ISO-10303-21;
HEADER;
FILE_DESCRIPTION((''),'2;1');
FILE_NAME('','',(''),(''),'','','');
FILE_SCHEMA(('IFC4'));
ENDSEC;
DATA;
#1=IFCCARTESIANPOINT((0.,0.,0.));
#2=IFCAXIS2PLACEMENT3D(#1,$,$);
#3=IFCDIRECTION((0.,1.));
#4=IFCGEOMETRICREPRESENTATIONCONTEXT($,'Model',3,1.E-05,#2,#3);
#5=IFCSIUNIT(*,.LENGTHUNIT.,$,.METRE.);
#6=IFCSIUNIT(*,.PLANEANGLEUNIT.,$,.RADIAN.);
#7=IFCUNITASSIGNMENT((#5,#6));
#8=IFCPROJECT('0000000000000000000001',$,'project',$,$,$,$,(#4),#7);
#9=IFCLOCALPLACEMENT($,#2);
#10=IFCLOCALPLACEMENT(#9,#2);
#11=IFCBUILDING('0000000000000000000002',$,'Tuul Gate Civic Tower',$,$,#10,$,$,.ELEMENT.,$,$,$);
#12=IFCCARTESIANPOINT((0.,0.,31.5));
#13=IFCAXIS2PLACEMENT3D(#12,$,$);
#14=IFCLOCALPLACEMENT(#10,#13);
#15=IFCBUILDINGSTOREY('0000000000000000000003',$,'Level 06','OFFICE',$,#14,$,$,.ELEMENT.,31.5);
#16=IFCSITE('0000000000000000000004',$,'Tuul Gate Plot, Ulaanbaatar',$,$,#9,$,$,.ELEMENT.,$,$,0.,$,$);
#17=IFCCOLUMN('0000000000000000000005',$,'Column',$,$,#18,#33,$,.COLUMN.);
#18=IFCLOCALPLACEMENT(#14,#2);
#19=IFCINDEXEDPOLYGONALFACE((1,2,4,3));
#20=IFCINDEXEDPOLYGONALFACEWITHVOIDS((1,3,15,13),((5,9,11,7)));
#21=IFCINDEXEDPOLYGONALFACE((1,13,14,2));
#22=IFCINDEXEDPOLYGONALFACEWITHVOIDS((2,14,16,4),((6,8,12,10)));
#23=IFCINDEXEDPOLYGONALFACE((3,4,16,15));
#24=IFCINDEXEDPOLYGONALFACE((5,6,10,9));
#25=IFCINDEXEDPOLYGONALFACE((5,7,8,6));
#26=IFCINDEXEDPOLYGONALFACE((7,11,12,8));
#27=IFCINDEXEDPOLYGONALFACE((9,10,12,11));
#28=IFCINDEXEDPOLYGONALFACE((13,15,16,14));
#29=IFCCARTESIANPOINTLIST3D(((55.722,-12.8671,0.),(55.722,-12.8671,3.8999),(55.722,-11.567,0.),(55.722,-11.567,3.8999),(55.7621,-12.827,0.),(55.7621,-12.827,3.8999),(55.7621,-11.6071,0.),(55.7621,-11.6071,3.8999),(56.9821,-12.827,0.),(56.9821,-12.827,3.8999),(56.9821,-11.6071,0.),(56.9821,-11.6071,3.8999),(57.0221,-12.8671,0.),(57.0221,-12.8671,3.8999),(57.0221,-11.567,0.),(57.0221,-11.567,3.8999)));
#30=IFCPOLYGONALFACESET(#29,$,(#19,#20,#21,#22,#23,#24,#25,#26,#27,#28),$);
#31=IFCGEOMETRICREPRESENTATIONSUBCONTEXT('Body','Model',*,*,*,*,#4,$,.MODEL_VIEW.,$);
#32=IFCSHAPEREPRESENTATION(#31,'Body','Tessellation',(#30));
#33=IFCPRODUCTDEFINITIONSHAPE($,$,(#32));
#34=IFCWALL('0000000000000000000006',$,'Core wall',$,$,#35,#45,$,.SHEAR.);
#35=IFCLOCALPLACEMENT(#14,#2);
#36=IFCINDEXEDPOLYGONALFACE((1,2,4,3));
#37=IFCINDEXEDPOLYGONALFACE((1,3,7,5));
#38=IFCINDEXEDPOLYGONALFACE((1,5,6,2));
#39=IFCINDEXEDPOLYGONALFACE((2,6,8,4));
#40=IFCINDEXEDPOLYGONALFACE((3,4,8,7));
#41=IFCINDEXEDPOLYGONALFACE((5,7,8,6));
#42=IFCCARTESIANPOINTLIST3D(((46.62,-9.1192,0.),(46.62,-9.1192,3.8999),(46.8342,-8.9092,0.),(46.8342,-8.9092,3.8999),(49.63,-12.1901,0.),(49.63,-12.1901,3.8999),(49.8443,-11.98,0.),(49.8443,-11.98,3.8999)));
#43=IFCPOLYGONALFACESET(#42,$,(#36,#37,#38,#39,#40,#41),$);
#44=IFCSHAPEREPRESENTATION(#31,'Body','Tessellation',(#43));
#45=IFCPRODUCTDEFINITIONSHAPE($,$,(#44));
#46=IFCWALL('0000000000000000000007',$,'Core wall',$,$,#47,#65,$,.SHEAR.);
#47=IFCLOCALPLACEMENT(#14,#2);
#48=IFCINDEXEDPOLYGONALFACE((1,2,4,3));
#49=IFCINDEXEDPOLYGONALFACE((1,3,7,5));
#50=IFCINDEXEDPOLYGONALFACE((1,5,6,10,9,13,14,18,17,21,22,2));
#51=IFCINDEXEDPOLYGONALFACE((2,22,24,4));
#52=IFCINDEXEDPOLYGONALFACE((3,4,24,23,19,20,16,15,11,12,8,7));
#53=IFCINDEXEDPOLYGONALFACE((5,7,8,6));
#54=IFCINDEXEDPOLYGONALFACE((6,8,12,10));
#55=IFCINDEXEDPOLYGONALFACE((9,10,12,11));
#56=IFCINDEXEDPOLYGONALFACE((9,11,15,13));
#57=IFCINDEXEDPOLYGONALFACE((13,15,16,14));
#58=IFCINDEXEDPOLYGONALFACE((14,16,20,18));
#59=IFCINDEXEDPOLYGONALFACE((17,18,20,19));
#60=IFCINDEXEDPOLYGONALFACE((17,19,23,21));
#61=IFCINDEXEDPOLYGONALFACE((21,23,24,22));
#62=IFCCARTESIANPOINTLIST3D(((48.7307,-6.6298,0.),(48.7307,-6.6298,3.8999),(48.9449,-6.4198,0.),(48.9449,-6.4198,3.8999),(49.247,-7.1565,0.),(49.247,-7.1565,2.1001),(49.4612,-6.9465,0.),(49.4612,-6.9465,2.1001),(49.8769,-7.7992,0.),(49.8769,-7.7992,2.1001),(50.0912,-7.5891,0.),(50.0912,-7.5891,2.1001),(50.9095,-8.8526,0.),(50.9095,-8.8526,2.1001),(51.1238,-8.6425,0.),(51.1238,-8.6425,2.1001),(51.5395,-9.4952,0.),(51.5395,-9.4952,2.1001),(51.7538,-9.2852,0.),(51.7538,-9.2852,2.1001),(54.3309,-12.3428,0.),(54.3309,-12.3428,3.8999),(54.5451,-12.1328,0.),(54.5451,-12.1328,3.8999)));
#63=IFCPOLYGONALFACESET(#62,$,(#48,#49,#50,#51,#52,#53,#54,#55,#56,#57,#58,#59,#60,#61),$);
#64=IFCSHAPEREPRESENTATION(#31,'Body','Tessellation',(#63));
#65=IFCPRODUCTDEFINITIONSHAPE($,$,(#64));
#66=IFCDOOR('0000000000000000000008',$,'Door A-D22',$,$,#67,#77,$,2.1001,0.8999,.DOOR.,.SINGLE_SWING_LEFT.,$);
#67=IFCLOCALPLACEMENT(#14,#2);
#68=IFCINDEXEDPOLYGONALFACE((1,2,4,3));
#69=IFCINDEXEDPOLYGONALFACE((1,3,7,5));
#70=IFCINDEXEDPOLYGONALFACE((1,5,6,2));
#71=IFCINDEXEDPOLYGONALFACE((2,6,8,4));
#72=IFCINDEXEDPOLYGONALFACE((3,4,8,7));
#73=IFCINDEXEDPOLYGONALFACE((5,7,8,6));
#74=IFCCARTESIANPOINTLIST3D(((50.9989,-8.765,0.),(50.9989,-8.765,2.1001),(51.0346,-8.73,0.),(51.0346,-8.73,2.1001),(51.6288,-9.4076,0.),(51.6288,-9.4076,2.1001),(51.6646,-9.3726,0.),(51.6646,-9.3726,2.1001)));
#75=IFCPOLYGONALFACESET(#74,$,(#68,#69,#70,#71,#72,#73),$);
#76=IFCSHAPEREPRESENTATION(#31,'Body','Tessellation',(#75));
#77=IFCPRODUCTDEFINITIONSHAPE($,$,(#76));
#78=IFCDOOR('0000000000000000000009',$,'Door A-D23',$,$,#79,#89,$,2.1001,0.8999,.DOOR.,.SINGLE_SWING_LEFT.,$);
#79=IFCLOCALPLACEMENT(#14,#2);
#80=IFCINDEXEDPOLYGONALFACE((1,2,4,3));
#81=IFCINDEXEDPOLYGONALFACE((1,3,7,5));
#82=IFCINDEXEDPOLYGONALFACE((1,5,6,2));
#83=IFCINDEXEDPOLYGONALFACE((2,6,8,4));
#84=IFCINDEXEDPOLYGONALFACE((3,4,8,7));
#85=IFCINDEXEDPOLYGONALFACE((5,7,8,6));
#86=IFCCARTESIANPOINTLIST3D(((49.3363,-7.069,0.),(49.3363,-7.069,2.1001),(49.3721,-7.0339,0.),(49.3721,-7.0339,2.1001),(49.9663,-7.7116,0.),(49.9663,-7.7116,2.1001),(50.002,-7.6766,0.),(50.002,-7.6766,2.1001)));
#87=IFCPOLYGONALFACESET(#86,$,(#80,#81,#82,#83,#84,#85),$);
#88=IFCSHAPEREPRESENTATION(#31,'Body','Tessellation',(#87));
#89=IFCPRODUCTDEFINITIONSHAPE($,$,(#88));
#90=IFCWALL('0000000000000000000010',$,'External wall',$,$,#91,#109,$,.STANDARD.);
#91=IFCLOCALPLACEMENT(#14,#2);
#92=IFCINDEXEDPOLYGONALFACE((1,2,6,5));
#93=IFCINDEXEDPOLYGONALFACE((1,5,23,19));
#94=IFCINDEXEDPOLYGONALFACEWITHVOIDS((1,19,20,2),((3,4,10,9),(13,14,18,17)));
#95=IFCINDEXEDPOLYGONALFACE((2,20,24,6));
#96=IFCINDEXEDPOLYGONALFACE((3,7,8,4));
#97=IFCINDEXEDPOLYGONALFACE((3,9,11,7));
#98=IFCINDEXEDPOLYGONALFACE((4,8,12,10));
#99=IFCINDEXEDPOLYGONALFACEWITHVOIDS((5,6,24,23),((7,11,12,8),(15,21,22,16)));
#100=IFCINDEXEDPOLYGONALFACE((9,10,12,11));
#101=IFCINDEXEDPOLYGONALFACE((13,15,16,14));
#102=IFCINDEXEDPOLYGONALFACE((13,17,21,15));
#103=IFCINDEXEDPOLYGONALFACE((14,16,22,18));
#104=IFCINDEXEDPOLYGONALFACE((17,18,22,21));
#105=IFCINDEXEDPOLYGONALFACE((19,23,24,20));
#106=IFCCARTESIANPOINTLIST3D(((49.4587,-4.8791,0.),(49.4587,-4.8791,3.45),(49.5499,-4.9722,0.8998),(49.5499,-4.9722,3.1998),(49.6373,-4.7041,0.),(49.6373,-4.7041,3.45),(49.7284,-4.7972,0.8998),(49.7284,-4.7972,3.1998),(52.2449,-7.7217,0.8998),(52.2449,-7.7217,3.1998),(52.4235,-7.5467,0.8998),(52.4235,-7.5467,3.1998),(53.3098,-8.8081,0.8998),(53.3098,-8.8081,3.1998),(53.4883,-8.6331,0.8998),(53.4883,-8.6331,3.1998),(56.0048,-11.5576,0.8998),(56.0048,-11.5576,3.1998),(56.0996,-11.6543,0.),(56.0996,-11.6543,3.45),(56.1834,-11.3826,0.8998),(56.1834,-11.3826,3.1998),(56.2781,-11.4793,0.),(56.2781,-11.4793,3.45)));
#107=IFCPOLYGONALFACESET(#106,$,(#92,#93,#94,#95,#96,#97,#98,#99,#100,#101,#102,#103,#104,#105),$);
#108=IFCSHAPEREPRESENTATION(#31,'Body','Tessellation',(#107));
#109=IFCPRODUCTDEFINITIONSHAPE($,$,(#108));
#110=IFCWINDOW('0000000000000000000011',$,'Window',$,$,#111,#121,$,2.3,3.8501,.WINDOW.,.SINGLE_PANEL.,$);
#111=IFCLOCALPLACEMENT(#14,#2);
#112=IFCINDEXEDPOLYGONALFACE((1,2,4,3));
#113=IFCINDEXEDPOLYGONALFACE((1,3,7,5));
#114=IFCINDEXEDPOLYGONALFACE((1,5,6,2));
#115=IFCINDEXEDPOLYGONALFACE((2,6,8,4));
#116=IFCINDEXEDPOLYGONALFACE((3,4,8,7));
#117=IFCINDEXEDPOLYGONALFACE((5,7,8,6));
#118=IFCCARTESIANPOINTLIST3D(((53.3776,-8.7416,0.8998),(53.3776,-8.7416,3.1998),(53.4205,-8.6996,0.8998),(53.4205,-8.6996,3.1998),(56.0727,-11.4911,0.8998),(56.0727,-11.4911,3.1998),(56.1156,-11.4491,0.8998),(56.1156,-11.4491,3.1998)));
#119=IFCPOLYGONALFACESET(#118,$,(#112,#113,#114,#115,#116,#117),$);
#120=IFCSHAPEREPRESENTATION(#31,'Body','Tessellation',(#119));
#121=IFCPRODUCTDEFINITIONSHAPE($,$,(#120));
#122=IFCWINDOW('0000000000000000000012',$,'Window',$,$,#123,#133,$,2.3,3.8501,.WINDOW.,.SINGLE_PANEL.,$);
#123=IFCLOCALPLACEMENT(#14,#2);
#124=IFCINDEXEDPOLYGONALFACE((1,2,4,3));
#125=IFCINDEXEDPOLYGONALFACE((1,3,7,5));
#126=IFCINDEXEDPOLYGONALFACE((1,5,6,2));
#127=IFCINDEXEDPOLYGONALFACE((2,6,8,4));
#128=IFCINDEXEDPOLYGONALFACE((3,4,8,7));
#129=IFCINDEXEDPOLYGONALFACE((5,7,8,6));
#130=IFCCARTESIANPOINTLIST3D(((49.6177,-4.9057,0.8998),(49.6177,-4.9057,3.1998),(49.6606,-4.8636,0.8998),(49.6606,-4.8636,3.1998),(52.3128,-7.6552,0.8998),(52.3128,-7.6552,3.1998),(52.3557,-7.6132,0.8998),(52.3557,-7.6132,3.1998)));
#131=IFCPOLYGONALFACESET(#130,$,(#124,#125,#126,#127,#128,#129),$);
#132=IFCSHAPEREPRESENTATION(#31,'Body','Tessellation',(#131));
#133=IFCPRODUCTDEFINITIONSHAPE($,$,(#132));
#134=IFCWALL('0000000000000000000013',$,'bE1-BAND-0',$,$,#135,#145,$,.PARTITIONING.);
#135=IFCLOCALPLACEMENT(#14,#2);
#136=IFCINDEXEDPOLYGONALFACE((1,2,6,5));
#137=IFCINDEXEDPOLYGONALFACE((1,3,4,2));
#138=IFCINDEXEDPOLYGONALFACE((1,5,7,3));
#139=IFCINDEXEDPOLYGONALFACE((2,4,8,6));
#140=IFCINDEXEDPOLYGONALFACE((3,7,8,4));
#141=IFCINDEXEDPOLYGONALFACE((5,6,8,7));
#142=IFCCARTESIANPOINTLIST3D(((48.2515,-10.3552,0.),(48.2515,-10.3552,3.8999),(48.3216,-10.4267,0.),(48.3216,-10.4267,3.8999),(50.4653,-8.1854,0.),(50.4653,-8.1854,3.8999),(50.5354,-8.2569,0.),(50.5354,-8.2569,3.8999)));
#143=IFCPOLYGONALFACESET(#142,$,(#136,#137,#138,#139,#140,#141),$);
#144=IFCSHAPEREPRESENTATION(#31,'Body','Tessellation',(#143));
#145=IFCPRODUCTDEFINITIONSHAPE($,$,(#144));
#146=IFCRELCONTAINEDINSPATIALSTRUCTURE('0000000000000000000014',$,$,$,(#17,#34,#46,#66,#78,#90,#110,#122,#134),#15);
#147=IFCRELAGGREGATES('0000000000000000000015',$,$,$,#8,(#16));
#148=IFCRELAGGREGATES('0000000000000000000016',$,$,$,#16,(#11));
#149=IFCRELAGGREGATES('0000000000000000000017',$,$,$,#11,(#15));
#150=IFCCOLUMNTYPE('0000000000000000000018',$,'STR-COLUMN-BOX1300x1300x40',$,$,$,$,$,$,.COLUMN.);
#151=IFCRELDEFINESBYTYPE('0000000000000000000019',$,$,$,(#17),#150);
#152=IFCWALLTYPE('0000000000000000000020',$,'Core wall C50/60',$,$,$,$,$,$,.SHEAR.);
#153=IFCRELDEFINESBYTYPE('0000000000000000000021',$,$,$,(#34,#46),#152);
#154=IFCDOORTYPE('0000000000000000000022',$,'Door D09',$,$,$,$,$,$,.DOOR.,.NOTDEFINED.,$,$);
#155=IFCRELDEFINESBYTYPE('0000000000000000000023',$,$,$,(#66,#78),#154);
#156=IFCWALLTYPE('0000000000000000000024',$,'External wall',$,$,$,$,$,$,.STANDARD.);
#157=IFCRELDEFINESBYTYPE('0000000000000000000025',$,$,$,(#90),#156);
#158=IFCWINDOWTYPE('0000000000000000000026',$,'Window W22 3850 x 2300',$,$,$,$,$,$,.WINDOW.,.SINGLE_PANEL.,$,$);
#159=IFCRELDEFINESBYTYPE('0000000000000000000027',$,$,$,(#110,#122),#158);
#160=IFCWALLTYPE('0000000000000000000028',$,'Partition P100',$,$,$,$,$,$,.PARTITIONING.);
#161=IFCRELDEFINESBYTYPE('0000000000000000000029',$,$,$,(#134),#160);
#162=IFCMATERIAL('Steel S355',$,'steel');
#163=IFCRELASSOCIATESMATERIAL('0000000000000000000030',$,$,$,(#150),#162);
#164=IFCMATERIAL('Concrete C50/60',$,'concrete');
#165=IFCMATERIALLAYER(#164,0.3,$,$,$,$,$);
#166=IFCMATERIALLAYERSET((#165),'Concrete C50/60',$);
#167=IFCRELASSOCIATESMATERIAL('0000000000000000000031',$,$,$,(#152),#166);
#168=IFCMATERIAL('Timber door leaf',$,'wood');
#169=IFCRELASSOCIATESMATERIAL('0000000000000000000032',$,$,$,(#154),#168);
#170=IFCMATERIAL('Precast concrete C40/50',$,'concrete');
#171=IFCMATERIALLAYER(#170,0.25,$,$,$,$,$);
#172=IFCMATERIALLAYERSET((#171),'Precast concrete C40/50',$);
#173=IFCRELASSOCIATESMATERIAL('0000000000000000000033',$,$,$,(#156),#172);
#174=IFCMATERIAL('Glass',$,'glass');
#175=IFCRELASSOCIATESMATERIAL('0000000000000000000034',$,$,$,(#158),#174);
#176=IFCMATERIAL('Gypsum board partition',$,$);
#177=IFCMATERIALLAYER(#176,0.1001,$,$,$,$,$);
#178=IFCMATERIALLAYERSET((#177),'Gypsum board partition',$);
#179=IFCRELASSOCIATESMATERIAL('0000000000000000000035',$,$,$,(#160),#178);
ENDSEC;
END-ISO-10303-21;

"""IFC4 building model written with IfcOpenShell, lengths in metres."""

from ifc_helpers import new_model, si_unit, direction, frame, frame_2d, origin, origin_2d, place, context, subcontext, project, spatial, rectangle, hollow_rectangle, extrude, material, layer, layer_set, material_profile, profile_set, type_object, element, fill, save


model = new_model("IFC4")

# Units and contexts
model_context = context("Model", 3, precision=1e-05, world=origin(), true_north=direction((0.0, 1.0)))
body_context = subcontext(model_context, "Body", "Model", "MODEL_VIEW")
ifc_project = project(units=[si_unit("LENGTHUNIT", "METRE"), si_unit("PLANEANGLEUNIT", "RADIAN")], contexts=[model_context])

# Site, building, storey
site_placement = place(None, origin())
site = spatial("IfcSite", under=ifc_project, at=site_placement, Name="Tuul Gate Plot, Ulaanbaatar", CompositionType="ELEMENT", RefElevation=0.0)
building_placement = place(site_placement, origin())
building = spatial("IfcBuilding", under=site, at=building_placement, Name="Tuul Gate Civic Tower", CompositionType="ELEMENT")
storey_placement = place(building_placement, frame((0.0, 0.0, 31.5)))
storey = spatial("IfcBuildingStorey", under=building, at=storey_placement, Name="Level 06", Description="OFFICE", CompositionType="ELEMENT", Elevation=31.5)

# Column
ifc_material_1 = material(Name="Steel S355", Category="steel")
ifc_material_profile_1 = material_profile(ifc_material_1, hollow_rectangle(XDim=1.3, YDim=1.3, WallThickness=0.04, at=origin_2d()), Name="BOX1300x1300x40")
ifc_profile_set_1 = profile_set([ifc_material_profile_1], Name="Steel S355")
column_type = type_object("IfcColumnType", Name="STR-COLUMN-BOX1300x1300x40", PredefinedType="COLUMN", material=ifc_profile_set_1)
column_placement = place(storey_placement, frame((56.3721, -12.217, 0.0), z_axis=(0.0, 0.0, 1.0), x_axis=(1.0, 0.0, 0.0)))
element("IfcColumn", 1, at=column_placement, inside=storey, type_object=column_type, Name="Column", PredefinedType="COLUMN", context=body_context, shape_type="SweptSolid", body=[
    extrude(hollow_rectangle(XDim=1.3, YDim=1.3, WallThickness=0.04, at=origin_2d()), origin(), (0.0, 0.0, 1.0), 3.8999),
])

# Wall
ifc_material_2 = material(Name="Concrete C50/60", Category="concrete")
ifc_layer_1 = layer(ifc_material_2, 0.3)
ifc_layer_set_1 = layer_set([ifc_layer_1], Name="Concrete C50/60")
wall_type_1 = type_object("IfcWallType", Name="Core wall C50/60", PredefinedType="SHEAR", material=ifc_layer_set_1)
wall_1_placement = place(storey_placement, frame((49.7371, -12.085, 0.0), z_axis=(0.0, 0.0, 1.0), x_axis=(-0.700003, 0.71414, 0.0)))
element("IfcWall", 2, at=wall_1_placement, inside=storey, type_object=wall_type_1, Name="Core wall", PredefinedType="SHEAR", context=body_context, shape_type="SweptSolid", body=[
    extrude(rectangle(XDim=4.3, YDim=0.3, at=frame_2d((2.1499, 0.0))), origin(), (0.0, 0.0, 1.0), 3.8999),
])

# Wall, openings, doors
wall_2_placement = place(storey_placement, frame((54.438, -12.2378, 0.0), z_axis=(0.0, 0.0, 1.0), x_axis=(-0.700022, 0.714121, 0.0)))
wall_2 = element("IfcWall", 3, at=wall_2_placement, inside=storey, type_object=wall_type_1, Name="Core wall", PredefinedType="SHEAR", context=body_context, shape_type="SweptSolid", body=[
    extrude(rectangle(XDim=8.0, YDim=0.3, at=frame_2d((4.0, 0.0))), origin(), (0.0, 0.0, 1.0), 3.8999),
])
opening_1_placement = place(wall_2_placement, frame((3.9875, 0.0, 0.0)))
opening_1 = element("IfcOpeningElement", 4, at=opening_1_placement, cuts=wall_2, PredefinedType="OPENING", context=body_context, shape_type="SweptSolid", body=[
    extrude(rectangle(XDim=0.8999, YDim=2.1001, at=frame_2d((0.45, 1.05))), frame((0.0, 0.1602, 0.0), z_axis=(0.0, -1.0, 0.0), x_axis=(1.0, 0.0, 0.0)), (0.0, 0.0, 1.0), 0.3201),
])
opening_2_placement = place(wall_2_placement, frame((6.3625, 0.0, 0.0)))
opening_2 = element("IfcOpeningElement", 5, at=opening_2_placement, cuts=wall_2, PredefinedType="OPENING", context=body_context, shape_type="SweptSolid", body=[
    extrude(rectangle(XDim=0.8999, YDim=2.1001, at=frame_2d((0.45, 1.05))), frame((0.0, 0.1602, 0.0), z_axis=(0.0, -1.0, 0.0), x_axis=(1.0, 0.0, 0.0)), (0.0, 0.0, 1.0), 0.3201),
])
ifc_material_3 = material(Name="Timber door leaf", Category="wood")
door_type = type_object("IfcDoorType", Name="Door D09", OperationType="NOTDEFINED", PredefinedType="DOOR", material=ifc_material_3)
door_1_placement = place(opening_1_placement, origin())
door_1 = element("IfcDoor", 6, at=door_1_placement, inside=storey, type_object=door_type, Name="Door A-D22", OperationType="SINGLE_SWING_LEFT", OverallHeight=2.1001, OverallWidth=0.8999, PredefinedType="DOOR", context=body_context, shape_type="SweptSolid", body=[
    extrude(rectangle(XDim=0.8999, YDim=2.1001, at=frame_2d((0.45, 1.05))), frame((0.0, 0.0249, 0.0), z_axis=(0.0, -1.0, 0.0), x_axis=(1.0, 0.0, 0.0)), (0.0, 0.0, 1.0), 0.05),
])
fill(opening_1, door_1)
door_2_placement = place(opening_2_placement, origin())
door_2 = element("IfcDoor", 7, at=door_2_placement, inside=storey, type_object=door_type, Name="Door A-D23", OperationType="SINGLE_SWING_LEFT", OverallHeight=2.1001, OverallWidth=0.8999, PredefinedType="DOOR", context=body_context, shape_type="SweptSolid", body=[
    extrude(rectangle(XDim=0.8999, YDim=2.1001, at=frame_2d((0.45, 1.05))), frame((0.0, 0.0249, 0.0), z_axis=(0.0, -1.0, 0.0), x_axis=(1.0, 0.0, 0.0)), (0.0, 0.0, 1.0), 0.05),
])
fill(opening_2, door_2)

# Wall, openings, windows
ifc_material_4 = material(Name="Precast concrete C40/50", Category="concrete")
ifc_layer_2 = layer(ifc_material_4, 0.25)
ifc_layer_set_2 = layer_set([ifc_layer_2], Name="Precast concrete C40/50")
wall_type_2 = type_object("IfcWallType", Name="External wall", PredefinedType="STANDARD", material=ifc_layer_set_2)
wall_3_placement = place(storey_placement, frame((56.189, -11.5669, 0.0), z_axis=(0.0, 0.0, 1.0), x_axis=(-0.699994, 0.714148, 0.0)))
wall_3 = element("IfcWall", 8, at=wall_3_placement, inside=storey, type_object=wall_type_2, Name="External wall", PredefinedType="STANDARD", context=body_context, shape_type="SweptSolid", body=[
    extrude(rectangle(XDim=9.4871, YDim=0.25, at=frame_2d((4.7437, 0.0))), origin(), (0.0, 0.0, 1.0), 3.45),
])
opening_3_placement = place(wall_3_placement, frame((0.1355, 0.0, 0.8999)))
opening_3 = element("IfcOpeningElement", 9, at=opening_3_placement, cuts=wall_3, PredefinedType="OPENING", context=body_context, shape_type="SweptSolid", body=[
    extrude(rectangle(XDim=3.8501, YDim=2.3, at=frame_2d((1.925, 1.1499))), frame((0.0, 0.135, 0.0), z_axis=(0.0, -1.0, 0.0), x_axis=(1.0, 0.0, 0.0)), (0.0, 0.0, 1.0), 0.27),
])
opening_4_placement = place(wall_3_placement, frame((5.5068, 0.0, 0.8999)))
opening_4 = element("IfcOpeningElement", 10, at=opening_4_placement, cuts=wall_3, PredefinedType="OPENING", context=body_context, shape_type="SweptSolid", body=[
    extrude(rectangle(XDim=3.8501, YDim=2.3, at=frame_2d((1.925, 1.1499))), frame((0.0, 0.135, 0.0), z_axis=(0.0, -1.0, 0.0), x_axis=(1.0, 0.0, 0.0)), (0.0, 0.0, 1.0), 0.27),
])
ifc_material_5 = material(Name="Glass", Category="glass")
window_type = type_object("IfcWindowType", Name="Window W22 3850 x 2300", PartitioningType="SINGLE_PANEL", PredefinedType="WINDOW", material=ifc_material_5)
window_1_placement = place(opening_3_placement, origin())
window_1 = element("IfcWindow", 11, at=window_1_placement, inside=storey, type_object=window_type, Name="Window", OverallHeight=2.3, OverallWidth=3.8501, PartitioningType="SINGLE_PANEL", PredefinedType="WINDOW", context=body_context, shape_type="SweptSolid", body=[
    extrude(rectangle(XDim=3.8501, YDim=2.3, at=frame_2d((1.925, 1.1499))), frame((0.0, 0.03, 0.0), z_axis=(0.0, -1.0, 0.0), x_axis=(1.0, 0.0, 0.0)), (0.0, 0.0, 1.0), 0.0601),
])
fill(opening_3, window_1)
window_2_placement = place(opening_4_placement, origin())
window_2 = element("IfcWindow", 12, at=window_2_placement, inside=storey, type_object=window_type, Name="Window", OverallHeight=2.3, OverallWidth=3.8501, PartitioningType="SINGLE_PANEL", PredefinedType="WINDOW", context=body_context, shape_type="SweptSolid", body=[
    extrude(rectangle(XDim=3.8501, YDim=2.3, at=frame_2d((1.925, 1.1499))), frame((0.0, 0.03, 0.0), z_axis=(0.0, -1.0, 0.0), x_axis=(1.0, 0.0, 0.0)), (0.0, 0.0, 1.0), 0.0601),
])
fill(opening_4, window_2)

# Wall
ifc_material_6 = material(Name="Gypsum board partition")
ifc_layer_3 = layer(ifc_material_6, 0.1001)
ifc_layer_set_3 = layer_set([ifc_layer_3], Name="Gypsum board partition")
wall_type_3 = type_object("IfcWallType", Name="Partition P100", PredefinedType="PARTITIONING", material=ifc_layer_set_3)
wall_4_placement = place(storey_placement, frame((48.2866, -10.3909, 0.0), z_axis=(0.0, 0.0, 1.0), x_axis=(0.714159, 0.699983, 0.0)))
element("IfcWall", 13, at=wall_4_placement, inside=storey, type_object=wall_type_3, Name="bE1-BAND-0", PredefinedType="PARTITIONING", context=body_context, shape_type="SweptSolid", body=[
    extrude(rectangle(XDim=3.0999, YDim=0.1001, at=frame_2d((1.5498, 0.0))), origin(), (0.0, 0.0, 1.0), 3.8999),
])

save(model, "model.ifc")
